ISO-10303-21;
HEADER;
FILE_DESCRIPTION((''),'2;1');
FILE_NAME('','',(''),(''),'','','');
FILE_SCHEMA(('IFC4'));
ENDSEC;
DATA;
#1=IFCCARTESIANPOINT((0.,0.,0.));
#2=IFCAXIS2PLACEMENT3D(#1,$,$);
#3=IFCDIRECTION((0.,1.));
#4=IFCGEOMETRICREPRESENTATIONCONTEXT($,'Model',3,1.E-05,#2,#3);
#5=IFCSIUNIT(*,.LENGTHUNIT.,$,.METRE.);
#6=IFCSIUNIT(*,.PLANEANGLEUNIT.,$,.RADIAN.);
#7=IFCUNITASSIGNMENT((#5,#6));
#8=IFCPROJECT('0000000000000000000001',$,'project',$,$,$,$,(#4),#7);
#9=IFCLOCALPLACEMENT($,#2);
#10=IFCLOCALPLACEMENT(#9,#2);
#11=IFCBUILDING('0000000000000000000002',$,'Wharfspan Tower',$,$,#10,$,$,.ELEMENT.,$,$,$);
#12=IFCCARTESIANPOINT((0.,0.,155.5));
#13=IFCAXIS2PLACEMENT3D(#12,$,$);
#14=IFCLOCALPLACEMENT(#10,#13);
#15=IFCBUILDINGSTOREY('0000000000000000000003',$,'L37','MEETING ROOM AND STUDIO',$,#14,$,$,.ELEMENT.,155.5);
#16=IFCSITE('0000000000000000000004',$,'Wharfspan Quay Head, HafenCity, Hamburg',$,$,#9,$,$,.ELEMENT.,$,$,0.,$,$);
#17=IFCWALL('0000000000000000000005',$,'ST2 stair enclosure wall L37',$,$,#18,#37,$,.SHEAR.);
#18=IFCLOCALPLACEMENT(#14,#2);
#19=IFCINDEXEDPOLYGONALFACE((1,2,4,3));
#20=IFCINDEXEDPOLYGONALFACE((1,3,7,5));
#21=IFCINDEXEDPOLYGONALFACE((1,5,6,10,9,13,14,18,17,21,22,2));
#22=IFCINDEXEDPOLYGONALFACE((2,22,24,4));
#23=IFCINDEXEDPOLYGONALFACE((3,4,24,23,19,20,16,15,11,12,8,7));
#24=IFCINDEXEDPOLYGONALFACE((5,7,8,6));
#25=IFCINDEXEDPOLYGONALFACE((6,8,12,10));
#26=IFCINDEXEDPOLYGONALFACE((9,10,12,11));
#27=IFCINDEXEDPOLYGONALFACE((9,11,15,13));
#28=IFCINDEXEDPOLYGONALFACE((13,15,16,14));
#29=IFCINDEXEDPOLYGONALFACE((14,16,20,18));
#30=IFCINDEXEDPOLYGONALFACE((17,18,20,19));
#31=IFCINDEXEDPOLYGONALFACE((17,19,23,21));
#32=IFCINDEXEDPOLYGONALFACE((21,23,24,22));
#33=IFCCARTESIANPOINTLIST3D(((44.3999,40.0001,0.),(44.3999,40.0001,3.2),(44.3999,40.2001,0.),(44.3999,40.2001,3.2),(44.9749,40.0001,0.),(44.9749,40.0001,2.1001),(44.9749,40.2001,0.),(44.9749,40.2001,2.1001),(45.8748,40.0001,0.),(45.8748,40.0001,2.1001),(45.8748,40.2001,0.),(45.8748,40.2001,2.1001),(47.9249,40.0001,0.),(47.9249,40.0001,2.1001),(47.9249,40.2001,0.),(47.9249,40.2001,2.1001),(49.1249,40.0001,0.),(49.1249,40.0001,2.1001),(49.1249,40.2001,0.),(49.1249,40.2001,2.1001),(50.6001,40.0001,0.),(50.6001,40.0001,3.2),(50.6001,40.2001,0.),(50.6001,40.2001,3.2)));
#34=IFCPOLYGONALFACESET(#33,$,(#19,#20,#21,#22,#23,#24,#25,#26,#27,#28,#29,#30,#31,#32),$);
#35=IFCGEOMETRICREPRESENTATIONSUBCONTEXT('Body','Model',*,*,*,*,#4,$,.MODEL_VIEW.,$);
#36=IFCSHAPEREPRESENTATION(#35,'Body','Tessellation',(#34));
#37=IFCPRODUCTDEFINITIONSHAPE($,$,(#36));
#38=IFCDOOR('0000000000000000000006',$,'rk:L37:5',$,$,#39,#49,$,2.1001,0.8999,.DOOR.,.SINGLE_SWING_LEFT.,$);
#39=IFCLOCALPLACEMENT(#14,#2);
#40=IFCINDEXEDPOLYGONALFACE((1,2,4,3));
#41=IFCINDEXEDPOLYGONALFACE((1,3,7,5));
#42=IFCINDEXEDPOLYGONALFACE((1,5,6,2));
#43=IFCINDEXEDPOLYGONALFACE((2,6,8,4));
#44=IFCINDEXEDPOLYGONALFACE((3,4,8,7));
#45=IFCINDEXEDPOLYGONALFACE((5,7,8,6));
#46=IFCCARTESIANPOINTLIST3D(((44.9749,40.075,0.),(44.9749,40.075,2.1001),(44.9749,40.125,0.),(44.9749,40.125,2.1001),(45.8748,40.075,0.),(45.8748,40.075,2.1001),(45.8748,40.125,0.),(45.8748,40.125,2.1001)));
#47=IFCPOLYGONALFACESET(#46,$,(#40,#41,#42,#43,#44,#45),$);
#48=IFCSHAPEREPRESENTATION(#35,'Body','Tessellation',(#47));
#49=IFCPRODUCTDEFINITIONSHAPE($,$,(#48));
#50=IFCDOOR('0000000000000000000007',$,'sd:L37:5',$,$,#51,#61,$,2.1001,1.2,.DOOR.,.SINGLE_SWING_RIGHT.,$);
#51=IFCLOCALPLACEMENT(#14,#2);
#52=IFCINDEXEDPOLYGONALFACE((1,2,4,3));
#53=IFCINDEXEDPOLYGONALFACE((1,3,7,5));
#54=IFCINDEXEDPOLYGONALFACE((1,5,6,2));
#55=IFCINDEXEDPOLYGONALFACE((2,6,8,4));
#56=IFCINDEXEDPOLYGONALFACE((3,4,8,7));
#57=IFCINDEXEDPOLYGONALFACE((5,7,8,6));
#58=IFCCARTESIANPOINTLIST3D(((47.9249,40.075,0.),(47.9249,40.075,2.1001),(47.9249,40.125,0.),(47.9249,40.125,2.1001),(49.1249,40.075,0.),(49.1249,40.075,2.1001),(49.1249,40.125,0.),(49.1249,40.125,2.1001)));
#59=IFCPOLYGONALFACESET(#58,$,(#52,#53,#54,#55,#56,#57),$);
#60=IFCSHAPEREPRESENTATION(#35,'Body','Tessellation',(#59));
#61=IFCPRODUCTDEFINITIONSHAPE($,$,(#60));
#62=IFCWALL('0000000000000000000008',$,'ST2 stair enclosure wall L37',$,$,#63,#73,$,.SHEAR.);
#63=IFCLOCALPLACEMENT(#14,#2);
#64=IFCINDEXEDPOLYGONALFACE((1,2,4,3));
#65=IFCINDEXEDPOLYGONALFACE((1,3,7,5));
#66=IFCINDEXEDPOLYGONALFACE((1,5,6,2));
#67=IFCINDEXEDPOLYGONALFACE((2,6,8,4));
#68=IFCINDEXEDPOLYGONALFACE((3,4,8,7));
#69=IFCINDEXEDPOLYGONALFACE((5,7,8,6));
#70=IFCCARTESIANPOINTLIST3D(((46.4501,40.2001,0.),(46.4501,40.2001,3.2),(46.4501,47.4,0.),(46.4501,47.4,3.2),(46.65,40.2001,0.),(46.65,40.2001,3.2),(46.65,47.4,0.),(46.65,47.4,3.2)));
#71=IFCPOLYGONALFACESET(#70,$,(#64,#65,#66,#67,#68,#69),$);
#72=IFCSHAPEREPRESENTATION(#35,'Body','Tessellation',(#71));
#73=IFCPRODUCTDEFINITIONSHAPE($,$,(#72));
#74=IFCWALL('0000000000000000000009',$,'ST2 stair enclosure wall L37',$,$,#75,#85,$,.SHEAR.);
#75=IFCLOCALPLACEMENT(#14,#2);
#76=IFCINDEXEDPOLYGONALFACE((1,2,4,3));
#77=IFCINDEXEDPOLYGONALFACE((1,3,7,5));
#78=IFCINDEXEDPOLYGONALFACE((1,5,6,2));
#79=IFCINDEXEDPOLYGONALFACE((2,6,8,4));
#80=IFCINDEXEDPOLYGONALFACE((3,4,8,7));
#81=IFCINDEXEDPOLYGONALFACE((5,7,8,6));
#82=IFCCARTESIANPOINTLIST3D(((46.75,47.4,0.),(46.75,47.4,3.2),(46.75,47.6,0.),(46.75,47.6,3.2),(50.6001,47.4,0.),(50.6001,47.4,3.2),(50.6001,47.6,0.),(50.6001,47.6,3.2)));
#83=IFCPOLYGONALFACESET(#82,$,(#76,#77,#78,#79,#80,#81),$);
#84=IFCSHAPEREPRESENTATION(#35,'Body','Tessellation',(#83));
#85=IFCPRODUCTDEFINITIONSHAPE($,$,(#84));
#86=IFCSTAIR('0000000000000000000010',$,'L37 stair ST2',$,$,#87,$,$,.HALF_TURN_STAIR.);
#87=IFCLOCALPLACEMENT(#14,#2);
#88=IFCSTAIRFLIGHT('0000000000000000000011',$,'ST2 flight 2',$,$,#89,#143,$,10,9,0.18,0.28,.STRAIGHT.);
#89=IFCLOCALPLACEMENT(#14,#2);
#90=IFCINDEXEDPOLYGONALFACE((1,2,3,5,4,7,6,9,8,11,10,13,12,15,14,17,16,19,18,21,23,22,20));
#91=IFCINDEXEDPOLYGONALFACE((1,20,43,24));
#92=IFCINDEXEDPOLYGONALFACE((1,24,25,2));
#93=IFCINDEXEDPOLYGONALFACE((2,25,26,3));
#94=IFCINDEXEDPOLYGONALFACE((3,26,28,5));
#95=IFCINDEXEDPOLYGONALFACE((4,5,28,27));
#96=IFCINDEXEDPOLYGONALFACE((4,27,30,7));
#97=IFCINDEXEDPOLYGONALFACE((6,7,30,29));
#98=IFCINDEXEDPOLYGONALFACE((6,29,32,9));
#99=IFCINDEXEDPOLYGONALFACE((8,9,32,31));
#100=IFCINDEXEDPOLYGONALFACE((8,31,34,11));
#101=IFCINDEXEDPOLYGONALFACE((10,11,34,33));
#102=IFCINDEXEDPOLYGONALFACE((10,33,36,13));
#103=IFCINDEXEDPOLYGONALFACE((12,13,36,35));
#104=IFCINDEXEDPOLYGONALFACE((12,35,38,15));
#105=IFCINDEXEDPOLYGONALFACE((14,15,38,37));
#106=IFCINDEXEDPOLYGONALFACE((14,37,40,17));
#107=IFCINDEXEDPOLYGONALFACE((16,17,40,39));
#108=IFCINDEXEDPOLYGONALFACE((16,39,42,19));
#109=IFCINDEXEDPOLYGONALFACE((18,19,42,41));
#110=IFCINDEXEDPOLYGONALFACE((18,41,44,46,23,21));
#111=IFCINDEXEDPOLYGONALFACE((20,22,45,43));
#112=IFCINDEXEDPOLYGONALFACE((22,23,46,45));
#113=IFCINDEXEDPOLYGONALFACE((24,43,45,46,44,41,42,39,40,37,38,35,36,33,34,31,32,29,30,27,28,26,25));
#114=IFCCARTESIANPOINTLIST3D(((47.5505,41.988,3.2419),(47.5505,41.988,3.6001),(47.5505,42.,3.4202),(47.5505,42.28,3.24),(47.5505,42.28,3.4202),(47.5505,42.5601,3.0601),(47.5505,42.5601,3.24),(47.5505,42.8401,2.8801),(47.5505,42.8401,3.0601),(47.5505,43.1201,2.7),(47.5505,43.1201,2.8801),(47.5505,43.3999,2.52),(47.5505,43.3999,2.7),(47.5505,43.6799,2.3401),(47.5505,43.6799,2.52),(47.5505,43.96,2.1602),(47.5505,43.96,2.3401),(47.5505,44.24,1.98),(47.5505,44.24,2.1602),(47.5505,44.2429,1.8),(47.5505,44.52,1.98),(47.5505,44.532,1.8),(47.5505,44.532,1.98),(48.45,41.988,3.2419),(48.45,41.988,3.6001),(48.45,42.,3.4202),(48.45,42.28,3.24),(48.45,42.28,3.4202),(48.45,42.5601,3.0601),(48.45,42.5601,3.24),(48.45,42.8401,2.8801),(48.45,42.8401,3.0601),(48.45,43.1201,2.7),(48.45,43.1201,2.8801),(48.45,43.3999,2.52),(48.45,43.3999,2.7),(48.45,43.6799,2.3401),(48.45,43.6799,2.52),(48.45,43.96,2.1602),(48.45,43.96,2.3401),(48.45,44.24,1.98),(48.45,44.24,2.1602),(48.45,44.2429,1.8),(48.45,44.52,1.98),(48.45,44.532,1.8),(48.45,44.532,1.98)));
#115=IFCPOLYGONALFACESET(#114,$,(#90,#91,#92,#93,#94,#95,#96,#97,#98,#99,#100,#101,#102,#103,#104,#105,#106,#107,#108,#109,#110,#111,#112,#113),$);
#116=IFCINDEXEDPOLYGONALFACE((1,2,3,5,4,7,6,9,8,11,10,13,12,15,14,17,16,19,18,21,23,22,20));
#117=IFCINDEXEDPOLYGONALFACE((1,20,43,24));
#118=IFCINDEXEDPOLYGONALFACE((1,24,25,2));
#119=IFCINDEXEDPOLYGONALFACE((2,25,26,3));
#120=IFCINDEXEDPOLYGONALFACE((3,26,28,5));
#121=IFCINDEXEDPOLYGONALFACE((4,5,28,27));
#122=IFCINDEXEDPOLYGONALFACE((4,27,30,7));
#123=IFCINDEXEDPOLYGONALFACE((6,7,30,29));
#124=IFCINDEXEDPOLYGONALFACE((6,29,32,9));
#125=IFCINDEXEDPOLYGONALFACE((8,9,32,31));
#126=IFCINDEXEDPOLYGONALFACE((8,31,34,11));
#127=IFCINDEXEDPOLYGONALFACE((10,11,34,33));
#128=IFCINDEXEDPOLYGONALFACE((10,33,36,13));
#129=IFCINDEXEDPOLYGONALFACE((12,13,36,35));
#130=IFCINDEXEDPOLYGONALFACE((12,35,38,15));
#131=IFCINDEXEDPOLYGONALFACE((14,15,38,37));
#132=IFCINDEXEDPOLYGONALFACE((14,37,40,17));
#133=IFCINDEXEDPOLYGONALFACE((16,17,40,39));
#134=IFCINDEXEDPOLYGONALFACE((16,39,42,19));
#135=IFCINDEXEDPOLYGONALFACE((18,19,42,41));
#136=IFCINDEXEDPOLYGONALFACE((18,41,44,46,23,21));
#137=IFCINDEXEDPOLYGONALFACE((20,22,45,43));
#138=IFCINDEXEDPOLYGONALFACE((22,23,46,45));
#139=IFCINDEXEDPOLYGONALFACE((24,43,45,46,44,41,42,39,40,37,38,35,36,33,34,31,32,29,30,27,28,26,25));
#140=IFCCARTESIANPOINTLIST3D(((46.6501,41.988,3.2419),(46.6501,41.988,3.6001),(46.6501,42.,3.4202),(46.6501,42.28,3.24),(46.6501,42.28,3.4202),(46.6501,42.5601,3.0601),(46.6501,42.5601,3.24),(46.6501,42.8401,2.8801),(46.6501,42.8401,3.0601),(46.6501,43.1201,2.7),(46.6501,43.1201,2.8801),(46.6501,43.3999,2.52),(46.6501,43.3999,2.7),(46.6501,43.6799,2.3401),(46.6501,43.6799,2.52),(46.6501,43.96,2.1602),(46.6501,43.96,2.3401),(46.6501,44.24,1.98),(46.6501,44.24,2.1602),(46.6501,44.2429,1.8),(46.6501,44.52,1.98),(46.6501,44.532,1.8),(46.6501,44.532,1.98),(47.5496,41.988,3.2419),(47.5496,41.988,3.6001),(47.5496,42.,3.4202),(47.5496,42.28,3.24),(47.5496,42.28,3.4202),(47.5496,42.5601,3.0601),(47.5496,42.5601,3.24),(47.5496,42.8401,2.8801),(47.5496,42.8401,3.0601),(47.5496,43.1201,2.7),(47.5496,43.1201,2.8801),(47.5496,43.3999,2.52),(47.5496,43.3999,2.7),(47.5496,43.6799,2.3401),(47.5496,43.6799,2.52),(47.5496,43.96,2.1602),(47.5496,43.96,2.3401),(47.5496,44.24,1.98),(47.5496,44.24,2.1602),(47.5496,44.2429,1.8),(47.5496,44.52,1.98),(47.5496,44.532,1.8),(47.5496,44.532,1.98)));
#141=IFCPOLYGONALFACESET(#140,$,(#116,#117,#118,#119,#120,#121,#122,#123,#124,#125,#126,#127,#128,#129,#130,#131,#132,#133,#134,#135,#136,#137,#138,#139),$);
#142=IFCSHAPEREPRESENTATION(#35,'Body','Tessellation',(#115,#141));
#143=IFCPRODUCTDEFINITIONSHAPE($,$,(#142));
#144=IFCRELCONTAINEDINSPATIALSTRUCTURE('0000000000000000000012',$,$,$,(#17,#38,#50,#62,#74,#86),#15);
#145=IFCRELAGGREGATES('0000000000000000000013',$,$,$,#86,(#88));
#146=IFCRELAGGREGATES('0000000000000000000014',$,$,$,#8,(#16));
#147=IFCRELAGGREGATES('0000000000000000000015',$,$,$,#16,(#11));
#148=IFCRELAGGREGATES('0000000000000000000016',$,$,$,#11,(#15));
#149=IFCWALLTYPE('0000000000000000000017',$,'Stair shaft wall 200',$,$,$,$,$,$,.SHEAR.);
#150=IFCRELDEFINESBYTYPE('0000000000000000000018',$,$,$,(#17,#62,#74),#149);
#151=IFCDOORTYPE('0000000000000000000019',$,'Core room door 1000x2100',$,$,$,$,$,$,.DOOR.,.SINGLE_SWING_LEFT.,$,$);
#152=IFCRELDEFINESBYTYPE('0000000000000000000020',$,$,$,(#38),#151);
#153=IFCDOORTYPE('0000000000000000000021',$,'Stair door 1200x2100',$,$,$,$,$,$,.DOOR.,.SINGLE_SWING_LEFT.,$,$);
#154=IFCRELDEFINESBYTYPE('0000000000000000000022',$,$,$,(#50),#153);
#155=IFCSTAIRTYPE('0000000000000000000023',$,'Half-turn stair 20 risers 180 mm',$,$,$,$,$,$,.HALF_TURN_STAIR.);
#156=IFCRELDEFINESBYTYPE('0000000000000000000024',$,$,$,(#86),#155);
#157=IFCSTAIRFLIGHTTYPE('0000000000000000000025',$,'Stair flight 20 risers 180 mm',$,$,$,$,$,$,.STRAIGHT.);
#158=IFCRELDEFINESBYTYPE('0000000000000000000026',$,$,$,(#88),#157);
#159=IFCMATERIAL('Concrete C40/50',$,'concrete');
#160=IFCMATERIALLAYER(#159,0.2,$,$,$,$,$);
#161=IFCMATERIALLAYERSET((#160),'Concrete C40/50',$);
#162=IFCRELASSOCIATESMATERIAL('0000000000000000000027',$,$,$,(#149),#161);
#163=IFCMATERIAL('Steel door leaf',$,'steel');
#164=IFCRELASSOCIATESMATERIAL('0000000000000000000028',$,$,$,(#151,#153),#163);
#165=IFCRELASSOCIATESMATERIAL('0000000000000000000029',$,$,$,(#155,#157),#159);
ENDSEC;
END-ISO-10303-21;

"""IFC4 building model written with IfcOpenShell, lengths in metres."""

from ifc_helpers import new_model, si_unit, direction, frame, frame_2d, origin, place, context, subcontext, project, spatial, polyline, rectangle, outline, extrude, material, layer, layer_set, type_object, element, fill, aggregate, save


model = new_model("IFC4")

# Units and contexts
model_context = context("Model", 3, precision=1e-05, world=origin(), true_north=direction((0.0, 1.0)))
body_context = subcontext(model_context, "Body", "Model", "MODEL_VIEW")
ifc_project = project(units=[si_unit("LENGTHUNIT", "METRE"), si_unit("PLANEANGLEUNIT", "RADIAN")], contexts=[model_context])

# Site, building, storey
site_placement = place(None, origin())
site = spatial("IfcSite", under=ifc_project, at=site_placement, Name="Wharfspan Quay Head, HafenCity, Hamburg", CompositionType="ELEMENT", RefElevation=0.0)
building_placement = place(site_placement, origin())
building = spatial("IfcBuilding", under=site, at=building_placement, Name="Wharfspan Tower", CompositionType="ELEMENT")
storey_placement = place(building_placement, frame((0.0, 0.0, 155.5)))
storey = spatial("IfcBuildingStorey", under=building, at=storey_placement, Name="L37", Description="MEETING ROOM AND STUDIO", CompositionType="ELEMENT", Elevation=155.5)

# Wall, openings, doors
ifc_material_1 = material(Name="Concrete C40/50", Category="concrete")
ifc_layer_1 = layer(ifc_material_1, 0.2)
ifc_layer_set_1 = layer_set([ifc_layer_1], Name="Concrete C40/50")
wall_type_1 = type_object("IfcWallType", Name="Stair shaft wall 200", PredefinedType="SHEAR", material=ifc_layer_set_1)
wall_1_placement = place(storey_placement, frame((44.3999, 40.1001, 0.0), z_axis=(0.0, 0.0, 1.0), x_axis=(1.0, 0.0, 0.0)))
wall_1 = element("IfcWall", 1, at=wall_1_placement, inside=storey, type_object=wall_type_1, Name="ST2 stair enclosure wall L37", PredefinedType="SHEAR", context=body_context, shape_type="SweptSolid", body=[
    extrude(rectangle(XDim=6.2002, YDim=0.2, at=frame_2d((3.1001, 0.0))), origin(), (0.0, 0.0, 1.0), 3.2),
])
opening_1_placement = place(wall_1_placement, frame((3.5249, 0.0, 0.0)))
opening_1 = element("IfcOpeningElement", 2, at=opening_1_placement, cuts=wall_1, PredefinedType="OPENING", context=body_context, shape_type="SweptSolid", body=[
    extrude(rectangle(XDim=1.2, YDim=2.1001, at=frame_2d((0.6001, 1.05))), frame((0.0, 0.1099, 0.0), z_axis=(0.0, -1.0, 0.0), x_axis=(1.0, 0.0, 0.0)), (0.0, 0.0, 1.0), 0.22),
])
opening_2_placement = place(wall_1_placement, frame((0.575, 0.0, 0.0)))
opening_2 = element("IfcOpeningElement", 3, at=opening_2_placement, cuts=wall_1, PredefinedType="OPENING", context=body_context, shape_type="SweptSolid", body=[
    extrude(rectangle(XDim=0.8999, YDim=2.1001, at=frame_2d((0.45, 1.05))), frame((0.0, 0.1099, 0.0), z_axis=(0.0, -1.0, 0.0), x_axis=(1.0, 0.0, 0.0)), (0.0, 0.0, 1.0), 0.22),
])
ifc_material_2 = material(Name="Steel door leaf", Category="steel")
door_type_1 = type_object("IfcDoorType", Name="Core room door 1000x2100", OperationType="SINGLE_SWING_LEFT", PredefinedType="DOOR", material=ifc_material_2)
door_1_placement = place(opening_2_placement, origin())
door_1 = element("IfcDoor", 4, at=door_1_placement, inside=storey, type_object=door_type_1, Name="rk:L37:5", OperationType="SINGLE_SWING_LEFT", OverallHeight=2.1001, OverallWidth=0.8999, PredefinedType="DOOR", context=body_context, shape_type="SweptSolid", body=[
    extrude(rectangle(XDim=0.8999, YDim=2.1001, at=frame_2d((0.45, 1.05))), frame((0.0, 0.0249, 0.0), z_axis=(0.0, -1.0, 0.0), x_axis=(1.0, 0.0, 0.0)), (0.0, 0.0, 1.0), 0.05),
])
fill(opening_2, door_1)
door_type_2 = type_object("IfcDoorType", Name="Stair door 1200x2100", OperationType="SINGLE_SWING_LEFT", PredefinedType="DOOR", material=ifc_material_2)
door_2_placement = place(opening_1_placement, origin())
door_2 = element("IfcDoor", 5, at=door_2_placement, inside=storey, type_object=door_type_2, Name="sd:L37:5", OperationType="SINGLE_SWING_RIGHT", OverallHeight=2.1001, OverallWidth=1.2, PredefinedType="DOOR", context=body_context, shape_type="SweptSolid", body=[
    extrude(rectangle(XDim=1.2, YDim=2.1001, at=frame_2d((0.6001, 1.05))), frame((0.0, 0.0249, 0.0), z_axis=(0.0, -1.0, 0.0), x_axis=(1.0, 0.0, 0.0)), (0.0, 0.0, 1.0), 0.05),
])
fill(opening_1, door_2)

# Walls
wall_2_placement = place(storey_placement, frame((46.55, 40.2, 0.0), z_axis=(0.0, 0.0, 1.0), x_axis=(0.0, 1.0, 0.0)))
element("IfcWall", 6, at=wall_2_placement, inside=storey, type_object=wall_type_1, Name="ST2 stair enclosure wall L37", PredefinedType="SHEAR", context=body_context, shape_type="SweptSolid", body=[
    extrude(rectangle(XDim=7.2, YDim=0.2, at=frame_2d((3.6001, 0.0))), origin(), (0.0, 0.0, 1.0), 3.2),
])
wall_3_placement = place(storey_placement, frame((46.75, 47.5, 0.0), z_axis=(0.0, 0.0, 1.0), x_axis=(1.0, 0.0, 0.0)))
element("IfcWall", 7, at=wall_3_placement, inside=storey, type_object=wall_type_1, Name="ST2 stair enclosure wall L37", PredefinedType="SHEAR", context=body_context, shape_type="SweptSolid", body=[
    extrude(rectangle(XDim=3.8501, YDim=0.2, at=frame_2d((1.925, 0.0))), origin(), (0.0, 0.0, 1.0), 3.2),
])

# Stair, stair flight
stair_type = type_object("IfcStairType", Name="Half-turn stair 20 risers 180 mm", PredefinedType="HALF_TURN_STAIR", material=ifc_material_1)
stair_placement = place(storey_placement, origin())
stair = element("IfcStair", 8, at=stair_placement, inside=storey, type_object=stair_type, Name="L37 stair ST2", PredefinedType="HALF_TURN_STAIR")
stair_flight_type = type_object("IfcStairFlightType", Name="Stair flight 20 risers 180 mm", PredefinedType="STRAIGHT", material=ifc_material_1)
stair_flight_placement = place(storey_placement, frame((47.55, 44.52, 1.8), z_axis=(0.0, 0.0, 1.0), x_axis=(0.0, -1.0, 0.0)))
stair_flight = element("IfcStairFlight", 9, at=stair_flight_placement, type_object=stair_flight_type, Name="ST2 flight 2", NumberOfRisers=10, NumberOfTreads=9, PredefinedType="STRAIGHT", RiserHeight=0.18, TreadLength=0.28, context=body_context, shape_type="SweptSolid", body=[
    extrude(outline(polyline([(-0.012, 0.0), (-0.012, 0.1799), (0.0, 0.1799), (0.28, 0.1799), (0.28, 0.3601), (0.5601, 0.3601), (0.5601, 0.54), (0.8401, 0.54), (0.8401, 0.72), (1.1201, 0.72), (1.1201, 0.8999), (1.3999, 0.8999), (1.3999, 1.0801), (1.6799, 1.0801), (1.6799, 1.26), (1.96, 1.26), (1.96, 1.4399), (2.24, 1.4399), (2.24, 1.6201), (2.52, 1.6201), (2.532, 1.8), (2.532, 1.4419), (0.2771, 0.0), (-0.012, 0.0)])), frame((0.0, 0.8999, 0.0), z_axis=(0.0, -1.0, 0.0), x_axis=(1.0, 0.0, 0.0)), (0.0, 0.0, 1.0), 0.8994),
    extrude(outline(polyline([(-0.012, 0.0), (-0.012, 0.1799), (0.0, 0.1799), (0.28, 0.1799), (0.28, 0.3601), (0.5601, 0.3601), (0.5601, 0.54), (0.8401, 0.54), (0.8401, 0.72), (1.1201, 0.72), (1.1201, 0.8999), (1.3999, 0.8999), (1.3999, 1.0801), (1.6799, 1.0801), (1.6799, 1.26), (1.96, 1.26), (1.96, 1.4399), (2.24, 1.4399), (2.24, 1.6201), (2.52, 1.6201), (2.532, 1.8), (2.532, 1.4419), (0.2771, 0.0), (-0.012, 0.0)])), frame((0.0, -0.0005, 0.0), z_axis=(0.0, -1.0, 0.0), x_axis=(1.0, 0.0, 0.0)), (0.0, 0.0, 1.0), 0.8994),
])
aggregate(stair, [stair_flight])

save(model, "model.ifc")
